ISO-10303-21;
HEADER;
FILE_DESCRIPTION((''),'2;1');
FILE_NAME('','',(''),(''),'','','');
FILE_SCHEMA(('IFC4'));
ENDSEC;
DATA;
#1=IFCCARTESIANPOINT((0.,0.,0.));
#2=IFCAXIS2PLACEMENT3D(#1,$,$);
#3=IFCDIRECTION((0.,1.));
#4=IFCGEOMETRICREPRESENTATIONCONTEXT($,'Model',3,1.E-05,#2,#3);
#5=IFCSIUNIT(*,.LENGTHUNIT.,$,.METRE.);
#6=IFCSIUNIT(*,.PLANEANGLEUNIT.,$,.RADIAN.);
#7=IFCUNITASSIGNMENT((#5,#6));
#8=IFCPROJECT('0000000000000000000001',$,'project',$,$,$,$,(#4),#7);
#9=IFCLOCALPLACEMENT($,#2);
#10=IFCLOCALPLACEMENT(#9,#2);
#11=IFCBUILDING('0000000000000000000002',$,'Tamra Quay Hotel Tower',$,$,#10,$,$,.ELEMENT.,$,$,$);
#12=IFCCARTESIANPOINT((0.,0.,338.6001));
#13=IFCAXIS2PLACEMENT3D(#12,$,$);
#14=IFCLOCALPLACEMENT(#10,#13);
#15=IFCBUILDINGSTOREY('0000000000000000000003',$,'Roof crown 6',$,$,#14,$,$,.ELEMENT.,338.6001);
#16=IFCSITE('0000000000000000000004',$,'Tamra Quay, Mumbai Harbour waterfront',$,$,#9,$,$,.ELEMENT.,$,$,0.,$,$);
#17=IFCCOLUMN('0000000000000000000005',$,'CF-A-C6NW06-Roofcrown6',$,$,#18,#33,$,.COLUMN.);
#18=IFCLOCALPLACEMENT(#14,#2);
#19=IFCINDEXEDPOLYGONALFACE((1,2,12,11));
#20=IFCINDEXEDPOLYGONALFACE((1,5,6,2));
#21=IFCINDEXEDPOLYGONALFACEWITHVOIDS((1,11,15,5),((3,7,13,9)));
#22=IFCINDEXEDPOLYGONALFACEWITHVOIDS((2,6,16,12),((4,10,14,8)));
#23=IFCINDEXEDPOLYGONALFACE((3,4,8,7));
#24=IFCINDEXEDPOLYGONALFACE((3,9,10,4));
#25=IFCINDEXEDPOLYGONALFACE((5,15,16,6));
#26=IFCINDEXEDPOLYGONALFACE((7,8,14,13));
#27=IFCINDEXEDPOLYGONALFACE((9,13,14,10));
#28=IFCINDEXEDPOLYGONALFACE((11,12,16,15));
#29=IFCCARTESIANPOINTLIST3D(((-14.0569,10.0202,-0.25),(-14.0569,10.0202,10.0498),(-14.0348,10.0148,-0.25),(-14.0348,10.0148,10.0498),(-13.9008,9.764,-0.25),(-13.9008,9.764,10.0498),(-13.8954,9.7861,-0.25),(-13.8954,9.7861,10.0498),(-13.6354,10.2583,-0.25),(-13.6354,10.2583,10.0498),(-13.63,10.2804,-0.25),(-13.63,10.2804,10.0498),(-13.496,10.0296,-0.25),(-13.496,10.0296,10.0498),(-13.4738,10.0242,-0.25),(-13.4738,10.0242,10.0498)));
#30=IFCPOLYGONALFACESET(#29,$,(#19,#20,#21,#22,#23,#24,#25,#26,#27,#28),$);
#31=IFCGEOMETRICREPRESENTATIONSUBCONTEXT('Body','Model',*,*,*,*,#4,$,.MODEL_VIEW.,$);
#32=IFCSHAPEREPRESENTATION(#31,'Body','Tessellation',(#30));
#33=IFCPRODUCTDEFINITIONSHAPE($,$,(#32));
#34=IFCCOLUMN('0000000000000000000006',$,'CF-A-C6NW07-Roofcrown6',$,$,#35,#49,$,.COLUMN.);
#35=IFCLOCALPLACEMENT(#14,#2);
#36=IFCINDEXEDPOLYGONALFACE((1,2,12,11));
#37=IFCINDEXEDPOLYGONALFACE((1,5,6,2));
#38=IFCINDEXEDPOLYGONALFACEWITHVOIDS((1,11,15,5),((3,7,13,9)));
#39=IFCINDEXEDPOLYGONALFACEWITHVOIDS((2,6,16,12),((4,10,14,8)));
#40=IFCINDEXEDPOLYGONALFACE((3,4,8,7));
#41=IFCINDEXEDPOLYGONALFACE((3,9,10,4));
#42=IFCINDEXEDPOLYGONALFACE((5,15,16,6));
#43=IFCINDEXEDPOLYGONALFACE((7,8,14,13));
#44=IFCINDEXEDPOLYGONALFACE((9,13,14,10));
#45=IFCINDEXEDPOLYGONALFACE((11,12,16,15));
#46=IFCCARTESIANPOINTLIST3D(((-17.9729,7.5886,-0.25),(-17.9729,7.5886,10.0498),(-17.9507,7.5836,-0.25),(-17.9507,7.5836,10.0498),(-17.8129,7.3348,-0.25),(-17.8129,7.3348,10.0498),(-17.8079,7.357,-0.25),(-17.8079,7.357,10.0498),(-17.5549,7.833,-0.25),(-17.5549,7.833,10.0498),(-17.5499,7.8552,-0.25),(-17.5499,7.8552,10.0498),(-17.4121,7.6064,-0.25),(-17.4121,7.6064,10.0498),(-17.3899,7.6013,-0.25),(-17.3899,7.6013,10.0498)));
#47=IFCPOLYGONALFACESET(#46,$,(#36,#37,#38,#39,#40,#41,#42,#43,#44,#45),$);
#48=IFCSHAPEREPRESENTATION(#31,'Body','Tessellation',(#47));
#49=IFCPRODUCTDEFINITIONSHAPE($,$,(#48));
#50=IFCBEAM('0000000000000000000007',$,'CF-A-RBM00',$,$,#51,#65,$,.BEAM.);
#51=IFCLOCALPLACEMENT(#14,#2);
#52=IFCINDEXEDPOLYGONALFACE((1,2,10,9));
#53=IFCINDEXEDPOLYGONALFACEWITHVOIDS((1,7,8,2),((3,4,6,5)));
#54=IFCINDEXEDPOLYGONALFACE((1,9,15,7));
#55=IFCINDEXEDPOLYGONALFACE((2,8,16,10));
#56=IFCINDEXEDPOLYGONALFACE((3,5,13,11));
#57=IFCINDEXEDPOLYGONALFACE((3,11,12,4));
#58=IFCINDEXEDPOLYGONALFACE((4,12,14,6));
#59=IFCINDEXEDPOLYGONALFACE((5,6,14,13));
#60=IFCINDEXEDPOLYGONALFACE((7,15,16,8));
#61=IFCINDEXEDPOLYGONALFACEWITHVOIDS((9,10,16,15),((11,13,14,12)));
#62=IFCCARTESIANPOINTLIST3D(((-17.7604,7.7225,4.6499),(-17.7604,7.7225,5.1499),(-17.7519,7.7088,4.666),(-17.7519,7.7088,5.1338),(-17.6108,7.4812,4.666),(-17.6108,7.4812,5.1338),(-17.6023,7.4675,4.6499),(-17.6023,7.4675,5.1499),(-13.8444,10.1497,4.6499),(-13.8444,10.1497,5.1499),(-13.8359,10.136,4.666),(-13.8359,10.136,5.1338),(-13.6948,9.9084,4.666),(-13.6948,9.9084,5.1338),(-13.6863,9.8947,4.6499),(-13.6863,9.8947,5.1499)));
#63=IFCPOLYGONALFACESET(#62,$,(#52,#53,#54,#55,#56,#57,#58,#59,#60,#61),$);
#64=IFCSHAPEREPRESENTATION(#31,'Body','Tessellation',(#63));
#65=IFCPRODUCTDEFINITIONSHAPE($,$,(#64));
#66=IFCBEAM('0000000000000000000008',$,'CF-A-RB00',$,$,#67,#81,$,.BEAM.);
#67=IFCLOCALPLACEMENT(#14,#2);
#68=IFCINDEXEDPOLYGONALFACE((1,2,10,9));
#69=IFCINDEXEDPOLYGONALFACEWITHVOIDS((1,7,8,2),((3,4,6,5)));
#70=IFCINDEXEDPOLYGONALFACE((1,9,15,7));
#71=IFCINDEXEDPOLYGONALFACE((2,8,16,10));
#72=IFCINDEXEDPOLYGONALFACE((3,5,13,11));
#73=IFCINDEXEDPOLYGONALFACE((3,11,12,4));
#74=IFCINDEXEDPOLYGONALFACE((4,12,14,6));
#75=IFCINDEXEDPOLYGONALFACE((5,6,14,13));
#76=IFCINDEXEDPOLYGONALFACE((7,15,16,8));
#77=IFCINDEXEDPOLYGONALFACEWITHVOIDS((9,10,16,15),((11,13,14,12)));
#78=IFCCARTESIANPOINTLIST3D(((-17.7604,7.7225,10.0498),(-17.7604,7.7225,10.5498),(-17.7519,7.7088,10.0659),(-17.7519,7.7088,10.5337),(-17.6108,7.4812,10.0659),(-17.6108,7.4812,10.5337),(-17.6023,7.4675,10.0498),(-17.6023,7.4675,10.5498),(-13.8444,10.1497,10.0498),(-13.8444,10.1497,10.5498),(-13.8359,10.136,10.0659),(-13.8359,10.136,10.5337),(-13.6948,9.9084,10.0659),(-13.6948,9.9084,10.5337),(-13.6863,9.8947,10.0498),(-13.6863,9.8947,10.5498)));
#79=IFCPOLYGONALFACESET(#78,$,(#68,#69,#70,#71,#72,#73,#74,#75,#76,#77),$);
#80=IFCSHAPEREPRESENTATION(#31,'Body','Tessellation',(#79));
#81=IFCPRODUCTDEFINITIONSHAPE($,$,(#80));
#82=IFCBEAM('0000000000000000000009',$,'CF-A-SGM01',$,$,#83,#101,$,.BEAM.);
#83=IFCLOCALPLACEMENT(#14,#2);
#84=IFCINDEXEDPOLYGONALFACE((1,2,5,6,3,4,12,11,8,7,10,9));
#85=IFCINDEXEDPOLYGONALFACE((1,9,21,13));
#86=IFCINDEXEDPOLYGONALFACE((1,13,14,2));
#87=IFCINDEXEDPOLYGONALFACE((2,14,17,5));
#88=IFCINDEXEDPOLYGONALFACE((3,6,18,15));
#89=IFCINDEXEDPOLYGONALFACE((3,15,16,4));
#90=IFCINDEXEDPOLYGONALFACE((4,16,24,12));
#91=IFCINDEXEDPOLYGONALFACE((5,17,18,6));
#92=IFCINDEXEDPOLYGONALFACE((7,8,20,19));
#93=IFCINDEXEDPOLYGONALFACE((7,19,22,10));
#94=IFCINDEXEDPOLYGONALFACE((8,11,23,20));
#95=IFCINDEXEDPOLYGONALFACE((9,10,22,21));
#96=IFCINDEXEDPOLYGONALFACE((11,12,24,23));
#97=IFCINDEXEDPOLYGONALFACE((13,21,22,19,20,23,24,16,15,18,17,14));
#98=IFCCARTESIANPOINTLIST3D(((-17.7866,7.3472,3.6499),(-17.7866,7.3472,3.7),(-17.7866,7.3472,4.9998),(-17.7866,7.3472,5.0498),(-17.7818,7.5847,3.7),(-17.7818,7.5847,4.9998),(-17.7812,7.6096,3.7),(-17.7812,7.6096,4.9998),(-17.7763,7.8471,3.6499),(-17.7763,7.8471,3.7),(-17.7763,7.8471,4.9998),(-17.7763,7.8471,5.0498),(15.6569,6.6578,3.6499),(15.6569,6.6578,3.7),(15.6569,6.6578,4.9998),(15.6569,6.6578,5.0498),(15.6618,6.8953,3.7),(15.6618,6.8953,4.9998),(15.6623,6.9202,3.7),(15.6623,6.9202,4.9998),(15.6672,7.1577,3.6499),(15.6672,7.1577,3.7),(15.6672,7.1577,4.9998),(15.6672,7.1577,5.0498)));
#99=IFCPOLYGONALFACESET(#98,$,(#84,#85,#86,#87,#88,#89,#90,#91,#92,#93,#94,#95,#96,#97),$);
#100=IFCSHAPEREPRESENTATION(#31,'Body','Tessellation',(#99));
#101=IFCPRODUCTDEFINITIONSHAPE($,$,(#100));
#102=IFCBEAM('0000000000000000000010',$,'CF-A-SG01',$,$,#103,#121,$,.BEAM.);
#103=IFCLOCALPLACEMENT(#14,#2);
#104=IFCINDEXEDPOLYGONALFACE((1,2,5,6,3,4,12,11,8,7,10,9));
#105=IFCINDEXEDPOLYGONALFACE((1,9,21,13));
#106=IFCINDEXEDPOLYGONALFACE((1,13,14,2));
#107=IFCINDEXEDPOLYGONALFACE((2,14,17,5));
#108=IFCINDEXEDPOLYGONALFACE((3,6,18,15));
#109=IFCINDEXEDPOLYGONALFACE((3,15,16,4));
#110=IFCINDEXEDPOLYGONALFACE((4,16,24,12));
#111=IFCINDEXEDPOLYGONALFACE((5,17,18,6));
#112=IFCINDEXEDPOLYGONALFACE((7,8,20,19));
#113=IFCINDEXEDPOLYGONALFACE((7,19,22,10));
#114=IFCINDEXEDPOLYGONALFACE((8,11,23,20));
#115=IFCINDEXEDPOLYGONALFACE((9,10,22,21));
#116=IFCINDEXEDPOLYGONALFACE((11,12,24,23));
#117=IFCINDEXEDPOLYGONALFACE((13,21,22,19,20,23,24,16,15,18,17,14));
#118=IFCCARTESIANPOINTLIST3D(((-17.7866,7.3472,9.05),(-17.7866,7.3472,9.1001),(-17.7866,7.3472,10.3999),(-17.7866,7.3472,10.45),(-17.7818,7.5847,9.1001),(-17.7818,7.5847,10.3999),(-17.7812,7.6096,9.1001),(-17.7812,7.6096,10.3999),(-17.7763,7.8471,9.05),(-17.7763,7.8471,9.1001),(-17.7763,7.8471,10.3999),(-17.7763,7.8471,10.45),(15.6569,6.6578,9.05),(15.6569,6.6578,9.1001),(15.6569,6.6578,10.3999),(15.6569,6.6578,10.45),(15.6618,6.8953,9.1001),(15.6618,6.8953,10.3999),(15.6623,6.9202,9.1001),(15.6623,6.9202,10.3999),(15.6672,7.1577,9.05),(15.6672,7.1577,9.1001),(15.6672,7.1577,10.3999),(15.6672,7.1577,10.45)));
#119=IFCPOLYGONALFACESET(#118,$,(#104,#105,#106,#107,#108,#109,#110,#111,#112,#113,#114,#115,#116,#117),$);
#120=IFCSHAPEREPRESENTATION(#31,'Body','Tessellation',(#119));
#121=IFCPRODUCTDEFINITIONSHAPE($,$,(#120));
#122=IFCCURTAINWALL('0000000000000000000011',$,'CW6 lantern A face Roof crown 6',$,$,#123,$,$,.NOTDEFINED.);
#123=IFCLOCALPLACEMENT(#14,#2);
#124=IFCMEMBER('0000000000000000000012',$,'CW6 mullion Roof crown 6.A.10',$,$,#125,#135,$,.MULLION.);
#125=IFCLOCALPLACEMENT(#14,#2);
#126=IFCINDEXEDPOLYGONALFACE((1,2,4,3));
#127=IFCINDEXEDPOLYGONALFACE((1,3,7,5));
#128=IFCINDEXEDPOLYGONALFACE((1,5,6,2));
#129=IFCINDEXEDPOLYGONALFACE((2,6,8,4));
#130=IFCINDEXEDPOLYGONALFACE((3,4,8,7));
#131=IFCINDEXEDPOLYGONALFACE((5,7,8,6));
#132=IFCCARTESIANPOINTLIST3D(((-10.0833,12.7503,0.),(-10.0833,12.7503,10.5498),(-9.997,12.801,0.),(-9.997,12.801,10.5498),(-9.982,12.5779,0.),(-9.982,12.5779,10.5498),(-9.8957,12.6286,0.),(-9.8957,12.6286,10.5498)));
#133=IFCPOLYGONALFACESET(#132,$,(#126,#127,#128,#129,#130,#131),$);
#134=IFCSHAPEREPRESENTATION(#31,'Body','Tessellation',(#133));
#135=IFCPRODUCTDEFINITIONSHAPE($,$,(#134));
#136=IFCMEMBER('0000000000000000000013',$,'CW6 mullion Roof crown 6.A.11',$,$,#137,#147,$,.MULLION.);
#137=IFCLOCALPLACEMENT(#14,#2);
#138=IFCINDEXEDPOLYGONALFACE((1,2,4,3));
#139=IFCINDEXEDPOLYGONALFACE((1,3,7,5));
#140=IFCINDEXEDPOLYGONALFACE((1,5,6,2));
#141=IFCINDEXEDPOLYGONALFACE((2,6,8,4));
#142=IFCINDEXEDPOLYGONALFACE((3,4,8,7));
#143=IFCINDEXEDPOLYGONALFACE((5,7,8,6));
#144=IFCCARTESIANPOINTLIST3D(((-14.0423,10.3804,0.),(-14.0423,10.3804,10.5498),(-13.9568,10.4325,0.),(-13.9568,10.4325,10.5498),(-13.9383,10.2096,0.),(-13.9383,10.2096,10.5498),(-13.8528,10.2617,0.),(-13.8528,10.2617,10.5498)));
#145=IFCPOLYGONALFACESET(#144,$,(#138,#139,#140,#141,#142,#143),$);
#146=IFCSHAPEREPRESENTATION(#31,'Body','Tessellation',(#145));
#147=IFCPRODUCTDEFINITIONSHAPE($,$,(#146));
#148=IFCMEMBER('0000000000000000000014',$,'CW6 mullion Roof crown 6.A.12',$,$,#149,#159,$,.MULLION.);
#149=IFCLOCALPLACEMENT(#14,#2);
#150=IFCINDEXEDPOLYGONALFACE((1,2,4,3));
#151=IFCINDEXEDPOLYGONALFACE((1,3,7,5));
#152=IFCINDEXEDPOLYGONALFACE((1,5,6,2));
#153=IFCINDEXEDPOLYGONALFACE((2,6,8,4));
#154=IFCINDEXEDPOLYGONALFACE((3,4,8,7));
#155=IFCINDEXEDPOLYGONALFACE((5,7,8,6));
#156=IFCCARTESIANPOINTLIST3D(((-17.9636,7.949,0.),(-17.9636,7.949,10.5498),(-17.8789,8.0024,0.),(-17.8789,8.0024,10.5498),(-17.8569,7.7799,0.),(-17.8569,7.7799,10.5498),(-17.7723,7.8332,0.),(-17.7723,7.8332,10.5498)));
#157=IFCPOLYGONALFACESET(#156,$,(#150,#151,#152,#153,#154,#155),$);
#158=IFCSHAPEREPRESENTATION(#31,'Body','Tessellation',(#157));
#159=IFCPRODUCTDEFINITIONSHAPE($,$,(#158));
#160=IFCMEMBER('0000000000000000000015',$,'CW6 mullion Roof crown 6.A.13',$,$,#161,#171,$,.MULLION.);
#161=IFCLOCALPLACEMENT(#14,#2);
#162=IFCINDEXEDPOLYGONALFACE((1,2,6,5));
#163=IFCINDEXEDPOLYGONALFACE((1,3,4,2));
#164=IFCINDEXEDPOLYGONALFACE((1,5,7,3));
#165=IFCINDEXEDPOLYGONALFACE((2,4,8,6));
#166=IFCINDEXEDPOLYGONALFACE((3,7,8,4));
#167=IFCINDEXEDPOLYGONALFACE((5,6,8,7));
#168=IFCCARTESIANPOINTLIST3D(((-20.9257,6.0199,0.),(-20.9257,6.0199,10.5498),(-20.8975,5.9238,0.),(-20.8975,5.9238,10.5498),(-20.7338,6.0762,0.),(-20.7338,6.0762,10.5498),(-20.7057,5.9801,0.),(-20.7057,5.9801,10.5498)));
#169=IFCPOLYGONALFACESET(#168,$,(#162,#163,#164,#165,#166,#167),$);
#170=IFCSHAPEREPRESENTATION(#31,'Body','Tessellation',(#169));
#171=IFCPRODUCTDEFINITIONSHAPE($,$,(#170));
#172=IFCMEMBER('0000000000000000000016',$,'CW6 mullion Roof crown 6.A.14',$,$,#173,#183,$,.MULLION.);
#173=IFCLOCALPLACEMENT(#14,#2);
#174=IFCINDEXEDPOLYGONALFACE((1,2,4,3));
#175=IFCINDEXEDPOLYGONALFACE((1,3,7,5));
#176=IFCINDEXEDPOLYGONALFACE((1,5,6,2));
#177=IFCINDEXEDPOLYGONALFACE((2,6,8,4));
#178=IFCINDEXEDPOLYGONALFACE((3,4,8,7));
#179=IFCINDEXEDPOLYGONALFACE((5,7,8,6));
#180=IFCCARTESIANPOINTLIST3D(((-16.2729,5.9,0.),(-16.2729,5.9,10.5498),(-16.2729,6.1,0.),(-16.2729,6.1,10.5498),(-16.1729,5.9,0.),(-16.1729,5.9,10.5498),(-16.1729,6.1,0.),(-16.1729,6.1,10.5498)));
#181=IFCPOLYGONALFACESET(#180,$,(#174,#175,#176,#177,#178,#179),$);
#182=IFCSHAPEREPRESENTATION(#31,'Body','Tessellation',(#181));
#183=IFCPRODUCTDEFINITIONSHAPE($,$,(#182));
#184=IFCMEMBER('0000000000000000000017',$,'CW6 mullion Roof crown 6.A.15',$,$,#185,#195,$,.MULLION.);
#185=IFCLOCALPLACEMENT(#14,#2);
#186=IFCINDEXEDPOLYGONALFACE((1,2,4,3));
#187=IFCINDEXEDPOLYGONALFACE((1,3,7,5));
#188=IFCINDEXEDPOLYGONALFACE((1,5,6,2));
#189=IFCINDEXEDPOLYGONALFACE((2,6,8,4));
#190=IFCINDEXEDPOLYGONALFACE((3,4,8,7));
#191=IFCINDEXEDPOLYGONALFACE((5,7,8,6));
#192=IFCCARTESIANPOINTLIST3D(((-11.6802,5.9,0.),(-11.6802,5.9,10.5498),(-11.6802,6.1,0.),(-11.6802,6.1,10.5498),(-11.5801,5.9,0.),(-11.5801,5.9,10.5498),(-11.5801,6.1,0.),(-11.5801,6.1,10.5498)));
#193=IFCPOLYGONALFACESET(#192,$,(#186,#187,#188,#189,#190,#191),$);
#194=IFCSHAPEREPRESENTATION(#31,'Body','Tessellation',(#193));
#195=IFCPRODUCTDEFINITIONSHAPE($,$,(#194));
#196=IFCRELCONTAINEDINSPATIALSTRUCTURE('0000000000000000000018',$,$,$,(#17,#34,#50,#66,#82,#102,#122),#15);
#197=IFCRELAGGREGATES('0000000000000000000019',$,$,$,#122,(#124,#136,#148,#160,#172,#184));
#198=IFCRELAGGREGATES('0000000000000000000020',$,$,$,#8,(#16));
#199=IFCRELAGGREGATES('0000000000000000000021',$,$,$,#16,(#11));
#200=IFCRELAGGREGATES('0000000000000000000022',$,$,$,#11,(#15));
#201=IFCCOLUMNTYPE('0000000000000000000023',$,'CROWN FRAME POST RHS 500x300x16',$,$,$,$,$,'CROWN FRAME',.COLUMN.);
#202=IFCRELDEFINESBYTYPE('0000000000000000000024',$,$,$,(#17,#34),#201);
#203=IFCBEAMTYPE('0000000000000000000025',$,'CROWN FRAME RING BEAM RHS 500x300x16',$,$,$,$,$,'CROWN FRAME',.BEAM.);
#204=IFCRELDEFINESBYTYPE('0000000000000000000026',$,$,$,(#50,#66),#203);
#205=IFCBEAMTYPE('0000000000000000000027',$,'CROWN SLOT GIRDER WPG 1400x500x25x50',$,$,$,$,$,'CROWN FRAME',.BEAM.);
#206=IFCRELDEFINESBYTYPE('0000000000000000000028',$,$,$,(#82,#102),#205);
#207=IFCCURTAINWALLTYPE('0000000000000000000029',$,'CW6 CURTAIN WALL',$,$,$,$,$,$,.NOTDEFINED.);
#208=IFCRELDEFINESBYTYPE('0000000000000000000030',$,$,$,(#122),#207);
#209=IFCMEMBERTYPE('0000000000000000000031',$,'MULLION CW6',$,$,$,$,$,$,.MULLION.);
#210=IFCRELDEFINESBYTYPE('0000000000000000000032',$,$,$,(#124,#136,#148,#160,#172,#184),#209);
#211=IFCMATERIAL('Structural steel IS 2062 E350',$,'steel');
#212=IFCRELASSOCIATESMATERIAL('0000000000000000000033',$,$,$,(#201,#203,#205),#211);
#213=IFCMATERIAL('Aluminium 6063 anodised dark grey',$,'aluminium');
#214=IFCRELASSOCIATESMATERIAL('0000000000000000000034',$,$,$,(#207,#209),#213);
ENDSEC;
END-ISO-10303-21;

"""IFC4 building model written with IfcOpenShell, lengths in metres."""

from ifc_helpers import new_model, si_unit, direction, frame, origin, origin_2d, place, context, subcontext, project, spatial, rectangle, hollow_rectangle, i_section, extrude, material, material_profile, profile_set, type_object, element, aggregate, save


model = new_model("IFC4")

# Units and contexts
model_context = context("Model", 3, precision=1e-05, world=origin(), true_north=direction((0.0, 1.0)))
body_context = subcontext(model_context, "Body", "Model", "MODEL_VIEW")
ifc_project = project(units=[si_unit("LENGTHUNIT", "METRE"), si_unit("PLANEANGLEUNIT", "RADIAN")], contexts=[model_context])

# Site, building, storey
site_placement = place(None, origin())
site = spatial("IfcSite", under=ifc_project, at=site_placement, Name="Tamra Quay, Mumbai Harbour waterfront", CompositionType="ELEMENT", RefElevation=0.0)
building_placement = place(site_placement, origin())
building = spatial("IfcBuilding", under=site, at=building_placement, Name="Tamra Quay Hotel Tower", CompositionType="ELEMENT")
storey_placement = place(building_placement, frame((0.0, 0.0, 338.6001)))
storey = spatial("IfcBuildingStorey", under=building, at=storey_placement, Name="Roof crown 6", CompositionType="ELEMENT", Elevation=338.6001)

# Columns
ifc_material_1 = material(Name="Structural steel IS 2062 E350", Category="steel")
ifc_material_profile_1 = material_profile(ifc_material_1, hollow_rectangle(XDim=0.3, YDim=0.5, WallThickness=0.0161, at=origin_2d()), Name="RHS 500x300x16")
ifc_profile_set_1 = profile_set([ifc_material_profile_1], Name="Structural steel IS 2062 E350")
column_type = type_object("IfcColumnType", Name="CROWN FRAME POST RHS 500x300x16", ElementType="CROWN FRAME", PredefinedType="COLUMN", material=ifc_profile_set_1)
for number, where, z_axis, x_axis, name in (
    (1, (-13.7654, 10.0222, -0.25), (0.0, 0.0, 1.0), (-0.52043, 0.853904, 0.0), "CF-A-C6NW06-Roofcrown6"),
    (2, (-17.6814, 7.595, -0.25), (0.0, 0.0, 1.0), (-0.533133, 0.846031, 0.0), "CF-A-C6NW07-Roofcrown6"),
):
    element("IfcColumn", number, at=place(storey_placement, frame(where, z_axis=z_axis, x_axis=x_axis)), inside=storey, type_object=column_type, Name=name, PredefinedType="COLUMN", context=body_context, shape_type="SweptSolid", body=[
        extrude(hollow_rectangle(XDim=0.3, YDim=0.5, WallThickness=0.0161, at=origin_2d()), origin(), (0.0, 0.0, 1.0), 10.2998),
    ])

# Beams
ifc_material_profile_2 = material_profile(ifc_material_1, hollow_rectangle(XDim=0.3, YDim=0.5, WallThickness=0.0161, at=origin_2d()), Name="RHS 500x300x16")
ifc_profile_set_2 = profile_set([ifc_material_profile_2], Name="Structural steel IS 2062 E350")
beam_type_1 = type_object("IfcBeamType", Name="CROWN FRAME RING BEAM RHS 500x300x16", ElementType="CROWN FRAME", PredefinedType="BEAM", material=ifc_profile_set_2)
for number, where, z_axis, x_axis, name in (
    (3, (-13.7654, 10.0222, 4.8999), (-0.849969, -0.526832, 0.0), (0.526832, -0.849969, 0.0), "CF-A-RBM00"),
    (4, (-13.7654, 10.0222, 10.2998), (-0.849969, -0.526832, 0.0), (0.526832, -0.849969, 0.0), "CF-A-RB00"),
):
    element("IfcBeam", number, at=place(storey_placement, frame(where, z_axis=z_axis, x_axis=x_axis)), inside=storey, type_object=beam_type_1, Name=name, PredefinedType="BEAM", context=body_context, shape_type="SweptSolid", body=[
        extrude(hollow_rectangle(XDim=0.3, YDim=0.5, WallThickness=0.0161, at=origin_2d()), origin(), (0.0, 0.0, 1.0), 4.6072),
    ])
ifc_material_profile_3 = material_profile(ifc_material_1, i_section(OverallWidth=0.5, OverallDepth=1.3999, WebThickness=0.0249, FlangeThickness=0.05, at=origin_2d()), Name="WPG 1400x500x25x50")
ifc_profile_set_3 = profile_set([ifc_material_profile_3], Name="Structural steel IS 2062 E350")
beam_type_2 = type_object("IfcBeamType", Name="CROWN SLOT GIRDER WPG 1400x500x25x50", ElementType="CROWN FRAME", PredefinedType="BEAM", material=ifc_profile_set_3)
for number, where, z_axis, x_axis, name in (
    (5, (-17.7815, 7.5972, 4.3499), (0.999788, -0.020611, 0.0), (0.020611, 0.999788, 0.0), "CF-A-SGM01"),
    (6, (-17.7815, 7.5972, 9.75), (0.999788, -0.020611, 0.0), (0.020611, 0.999788, 0.0), "CF-A-SG01"),
):
    element("IfcBeam", number, at=place(storey_placement, frame(where, z_axis=z_axis, x_axis=x_axis)), inside=storey, type_object=beam_type_2, Name=name, PredefinedType="BEAM", context=body_context, shape_type="SweptSolid", body=[
        extrude(i_section(OverallWidth=0.5, OverallDepth=1.3999, WebThickness=0.0249, FlangeThickness=0.05, at=origin_2d()), origin(), (0.0, 0.0, 1.0), 33.4507),
    ])

# Curtain wall, members
ifc_material_2 = material(Name="Aluminium 6063 anodised dark grey", Category="aluminium")
curtain_wall_type = type_object("IfcCurtainWallType", Name="CW6 CURTAIN WALL", PredefinedType="NOTDEFINED", material=ifc_material_2)
curtain_wall_placement = place(storey_placement, origin())
curtain_wall = element("IfcCurtainWall", 7, at=curtain_wall_placement, inside=storey, type_object=curtain_wall_type, Name="CW6 lantern A face Roof crown 6", PredefinedType="NOTDEFINED")
ifc_material_profile_4 = material_profile(ifc_material_2, rectangle(XDim=0.2, YDim=0.1001, at=origin_2d()), Name="MULLION 100X200")
ifc_profile_set_4 = profile_set([ifc_material_profile_4], Name="Aluminium 6063 anodised dark grey")
member_type_1 = type_object("IfcMemberType", Name="MULLION CW6", PredefinedType="MULLION", material=ifc_profile_set_4)
member_1_placement = place(storey_placement, frame((-9.9895, 12.6895, 0.0), z_axis=(0.0, 0.0, 1.0), x_axis=(-0.506754, 0.862091, 0.0)))
member_1 = element("IfcMember", 8, at=member_1_placement, type_object=member_type_1, Name="CW6 mullion Roof crown 6.A.10", PredefinedType="MULLION", context=body_context, shape_type="SweptSolid", body=[
    extrude(rectangle(XDim=0.2, YDim=0.1001, at=origin_2d()), origin(), (0.0, 0.0, 1.0), 10.5498),
])
member_2_placement = place(storey_placement, frame((-13.9475, 10.321, 0.0), z_axis=(0.0, 0.0, 1.0), x_axis=(-0.52016, 0.854069, 0.0)))
member_2 = element("IfcMember", 9, at=member_2_placement, type_object=member_type_1, Name="CW6 mullion Roof crown 6.A.11", PredefinedType="MULLION", context=body_context, shape_type="SweptSolid", body=[
    extrude(rectangle(XDim=0.2, YDim=0.1001, at=origin_2d()), origin(), (0.0, 0.0, 1.0), 10.5498),
])
member_3_placement = place(storey_placement, frame((-17.8679, 7.8911, 0.0), z_axis=(0.0, 0.0, 1.0), x_axis=(-0.533422, 0.845849, 0.0)))
member_3 = element("IfcMember", 10, at=member_3_placement, type_object=member_type_1, Name="CW6 mullion Roof crown 6.A.12", PredefinedType="MULLION", context=body_context, shape_type="SweptSolid", body=[
    extrude(rectangle(XDim=0.2, YDim=0.1001, at=origin_2d()), origin(), (0.0, 0.0, 1.0), 10.5498),
])
member_4_placement = place(storey_placement, frame((-20.8157, 6.0, 0.0), z_axis=(0.0, 0.0, 1.0), x_axis=(-0.9596, -0.281367, 0.0)))
member_4 = element("IfcMember", 11, at=member_4_placement, type_object=member_type_1, Name="CW6 mullion Roof crown 6.A.13", PredefinedType="MULLION", context=body_context, shape_type="SweptSolid", body=[
    extrude(rectangle(XDim=0.2, YDim=0.1001, at=origin_2d()), origin(), (0.0, 0.0, 1.0), 10.5498),
])
member_5_placement = place(storey_placement, frame((-16.2229, 6.0, 0.0), z_axis=(0.0, 0.0, 1.0), x_axis=(0.0, -1.0, 0.0)))
member_5 = element("IfcMember", 12, at=member_5_placement, type_object=member_type_1, Name="CW6 mullion Roof crown 6.A.14", PredefinedType="MULLION", context=body_context, shape_type="SweptSolid", body=[
    extrude(rectangle(XDim=0.2, YDim=0.1001, at=origin_2d()), origin(), (0.0, 0.0, 1.0), 10.5498),
])
member_6_placement = place(storey_placement, frame((-11.6301, 6.0, 0.0), z_axis=(0.0, 0.0, 1.0), x_axis=(0.0, -1.0, 0.0)))
member_6 = element("IfcMember", 13, at=member_6_placement, type_object=member_type_1, Name="CW6 mullion Roof crown 6.A.15", PredefinedType="MULLION", context=body_context, shape_type="SweptSolid", body=[
    extrude(rectangle(XDim=0.2, YDim=0.1001, at=origin_2d()), origin(), (0.0, 0.0, 1.0), 10.5498),
])

aggregate(curtain_wall, [member_1, member_2, member_3, member_4, member_5, member_6])

save(model, "model.ifc")
